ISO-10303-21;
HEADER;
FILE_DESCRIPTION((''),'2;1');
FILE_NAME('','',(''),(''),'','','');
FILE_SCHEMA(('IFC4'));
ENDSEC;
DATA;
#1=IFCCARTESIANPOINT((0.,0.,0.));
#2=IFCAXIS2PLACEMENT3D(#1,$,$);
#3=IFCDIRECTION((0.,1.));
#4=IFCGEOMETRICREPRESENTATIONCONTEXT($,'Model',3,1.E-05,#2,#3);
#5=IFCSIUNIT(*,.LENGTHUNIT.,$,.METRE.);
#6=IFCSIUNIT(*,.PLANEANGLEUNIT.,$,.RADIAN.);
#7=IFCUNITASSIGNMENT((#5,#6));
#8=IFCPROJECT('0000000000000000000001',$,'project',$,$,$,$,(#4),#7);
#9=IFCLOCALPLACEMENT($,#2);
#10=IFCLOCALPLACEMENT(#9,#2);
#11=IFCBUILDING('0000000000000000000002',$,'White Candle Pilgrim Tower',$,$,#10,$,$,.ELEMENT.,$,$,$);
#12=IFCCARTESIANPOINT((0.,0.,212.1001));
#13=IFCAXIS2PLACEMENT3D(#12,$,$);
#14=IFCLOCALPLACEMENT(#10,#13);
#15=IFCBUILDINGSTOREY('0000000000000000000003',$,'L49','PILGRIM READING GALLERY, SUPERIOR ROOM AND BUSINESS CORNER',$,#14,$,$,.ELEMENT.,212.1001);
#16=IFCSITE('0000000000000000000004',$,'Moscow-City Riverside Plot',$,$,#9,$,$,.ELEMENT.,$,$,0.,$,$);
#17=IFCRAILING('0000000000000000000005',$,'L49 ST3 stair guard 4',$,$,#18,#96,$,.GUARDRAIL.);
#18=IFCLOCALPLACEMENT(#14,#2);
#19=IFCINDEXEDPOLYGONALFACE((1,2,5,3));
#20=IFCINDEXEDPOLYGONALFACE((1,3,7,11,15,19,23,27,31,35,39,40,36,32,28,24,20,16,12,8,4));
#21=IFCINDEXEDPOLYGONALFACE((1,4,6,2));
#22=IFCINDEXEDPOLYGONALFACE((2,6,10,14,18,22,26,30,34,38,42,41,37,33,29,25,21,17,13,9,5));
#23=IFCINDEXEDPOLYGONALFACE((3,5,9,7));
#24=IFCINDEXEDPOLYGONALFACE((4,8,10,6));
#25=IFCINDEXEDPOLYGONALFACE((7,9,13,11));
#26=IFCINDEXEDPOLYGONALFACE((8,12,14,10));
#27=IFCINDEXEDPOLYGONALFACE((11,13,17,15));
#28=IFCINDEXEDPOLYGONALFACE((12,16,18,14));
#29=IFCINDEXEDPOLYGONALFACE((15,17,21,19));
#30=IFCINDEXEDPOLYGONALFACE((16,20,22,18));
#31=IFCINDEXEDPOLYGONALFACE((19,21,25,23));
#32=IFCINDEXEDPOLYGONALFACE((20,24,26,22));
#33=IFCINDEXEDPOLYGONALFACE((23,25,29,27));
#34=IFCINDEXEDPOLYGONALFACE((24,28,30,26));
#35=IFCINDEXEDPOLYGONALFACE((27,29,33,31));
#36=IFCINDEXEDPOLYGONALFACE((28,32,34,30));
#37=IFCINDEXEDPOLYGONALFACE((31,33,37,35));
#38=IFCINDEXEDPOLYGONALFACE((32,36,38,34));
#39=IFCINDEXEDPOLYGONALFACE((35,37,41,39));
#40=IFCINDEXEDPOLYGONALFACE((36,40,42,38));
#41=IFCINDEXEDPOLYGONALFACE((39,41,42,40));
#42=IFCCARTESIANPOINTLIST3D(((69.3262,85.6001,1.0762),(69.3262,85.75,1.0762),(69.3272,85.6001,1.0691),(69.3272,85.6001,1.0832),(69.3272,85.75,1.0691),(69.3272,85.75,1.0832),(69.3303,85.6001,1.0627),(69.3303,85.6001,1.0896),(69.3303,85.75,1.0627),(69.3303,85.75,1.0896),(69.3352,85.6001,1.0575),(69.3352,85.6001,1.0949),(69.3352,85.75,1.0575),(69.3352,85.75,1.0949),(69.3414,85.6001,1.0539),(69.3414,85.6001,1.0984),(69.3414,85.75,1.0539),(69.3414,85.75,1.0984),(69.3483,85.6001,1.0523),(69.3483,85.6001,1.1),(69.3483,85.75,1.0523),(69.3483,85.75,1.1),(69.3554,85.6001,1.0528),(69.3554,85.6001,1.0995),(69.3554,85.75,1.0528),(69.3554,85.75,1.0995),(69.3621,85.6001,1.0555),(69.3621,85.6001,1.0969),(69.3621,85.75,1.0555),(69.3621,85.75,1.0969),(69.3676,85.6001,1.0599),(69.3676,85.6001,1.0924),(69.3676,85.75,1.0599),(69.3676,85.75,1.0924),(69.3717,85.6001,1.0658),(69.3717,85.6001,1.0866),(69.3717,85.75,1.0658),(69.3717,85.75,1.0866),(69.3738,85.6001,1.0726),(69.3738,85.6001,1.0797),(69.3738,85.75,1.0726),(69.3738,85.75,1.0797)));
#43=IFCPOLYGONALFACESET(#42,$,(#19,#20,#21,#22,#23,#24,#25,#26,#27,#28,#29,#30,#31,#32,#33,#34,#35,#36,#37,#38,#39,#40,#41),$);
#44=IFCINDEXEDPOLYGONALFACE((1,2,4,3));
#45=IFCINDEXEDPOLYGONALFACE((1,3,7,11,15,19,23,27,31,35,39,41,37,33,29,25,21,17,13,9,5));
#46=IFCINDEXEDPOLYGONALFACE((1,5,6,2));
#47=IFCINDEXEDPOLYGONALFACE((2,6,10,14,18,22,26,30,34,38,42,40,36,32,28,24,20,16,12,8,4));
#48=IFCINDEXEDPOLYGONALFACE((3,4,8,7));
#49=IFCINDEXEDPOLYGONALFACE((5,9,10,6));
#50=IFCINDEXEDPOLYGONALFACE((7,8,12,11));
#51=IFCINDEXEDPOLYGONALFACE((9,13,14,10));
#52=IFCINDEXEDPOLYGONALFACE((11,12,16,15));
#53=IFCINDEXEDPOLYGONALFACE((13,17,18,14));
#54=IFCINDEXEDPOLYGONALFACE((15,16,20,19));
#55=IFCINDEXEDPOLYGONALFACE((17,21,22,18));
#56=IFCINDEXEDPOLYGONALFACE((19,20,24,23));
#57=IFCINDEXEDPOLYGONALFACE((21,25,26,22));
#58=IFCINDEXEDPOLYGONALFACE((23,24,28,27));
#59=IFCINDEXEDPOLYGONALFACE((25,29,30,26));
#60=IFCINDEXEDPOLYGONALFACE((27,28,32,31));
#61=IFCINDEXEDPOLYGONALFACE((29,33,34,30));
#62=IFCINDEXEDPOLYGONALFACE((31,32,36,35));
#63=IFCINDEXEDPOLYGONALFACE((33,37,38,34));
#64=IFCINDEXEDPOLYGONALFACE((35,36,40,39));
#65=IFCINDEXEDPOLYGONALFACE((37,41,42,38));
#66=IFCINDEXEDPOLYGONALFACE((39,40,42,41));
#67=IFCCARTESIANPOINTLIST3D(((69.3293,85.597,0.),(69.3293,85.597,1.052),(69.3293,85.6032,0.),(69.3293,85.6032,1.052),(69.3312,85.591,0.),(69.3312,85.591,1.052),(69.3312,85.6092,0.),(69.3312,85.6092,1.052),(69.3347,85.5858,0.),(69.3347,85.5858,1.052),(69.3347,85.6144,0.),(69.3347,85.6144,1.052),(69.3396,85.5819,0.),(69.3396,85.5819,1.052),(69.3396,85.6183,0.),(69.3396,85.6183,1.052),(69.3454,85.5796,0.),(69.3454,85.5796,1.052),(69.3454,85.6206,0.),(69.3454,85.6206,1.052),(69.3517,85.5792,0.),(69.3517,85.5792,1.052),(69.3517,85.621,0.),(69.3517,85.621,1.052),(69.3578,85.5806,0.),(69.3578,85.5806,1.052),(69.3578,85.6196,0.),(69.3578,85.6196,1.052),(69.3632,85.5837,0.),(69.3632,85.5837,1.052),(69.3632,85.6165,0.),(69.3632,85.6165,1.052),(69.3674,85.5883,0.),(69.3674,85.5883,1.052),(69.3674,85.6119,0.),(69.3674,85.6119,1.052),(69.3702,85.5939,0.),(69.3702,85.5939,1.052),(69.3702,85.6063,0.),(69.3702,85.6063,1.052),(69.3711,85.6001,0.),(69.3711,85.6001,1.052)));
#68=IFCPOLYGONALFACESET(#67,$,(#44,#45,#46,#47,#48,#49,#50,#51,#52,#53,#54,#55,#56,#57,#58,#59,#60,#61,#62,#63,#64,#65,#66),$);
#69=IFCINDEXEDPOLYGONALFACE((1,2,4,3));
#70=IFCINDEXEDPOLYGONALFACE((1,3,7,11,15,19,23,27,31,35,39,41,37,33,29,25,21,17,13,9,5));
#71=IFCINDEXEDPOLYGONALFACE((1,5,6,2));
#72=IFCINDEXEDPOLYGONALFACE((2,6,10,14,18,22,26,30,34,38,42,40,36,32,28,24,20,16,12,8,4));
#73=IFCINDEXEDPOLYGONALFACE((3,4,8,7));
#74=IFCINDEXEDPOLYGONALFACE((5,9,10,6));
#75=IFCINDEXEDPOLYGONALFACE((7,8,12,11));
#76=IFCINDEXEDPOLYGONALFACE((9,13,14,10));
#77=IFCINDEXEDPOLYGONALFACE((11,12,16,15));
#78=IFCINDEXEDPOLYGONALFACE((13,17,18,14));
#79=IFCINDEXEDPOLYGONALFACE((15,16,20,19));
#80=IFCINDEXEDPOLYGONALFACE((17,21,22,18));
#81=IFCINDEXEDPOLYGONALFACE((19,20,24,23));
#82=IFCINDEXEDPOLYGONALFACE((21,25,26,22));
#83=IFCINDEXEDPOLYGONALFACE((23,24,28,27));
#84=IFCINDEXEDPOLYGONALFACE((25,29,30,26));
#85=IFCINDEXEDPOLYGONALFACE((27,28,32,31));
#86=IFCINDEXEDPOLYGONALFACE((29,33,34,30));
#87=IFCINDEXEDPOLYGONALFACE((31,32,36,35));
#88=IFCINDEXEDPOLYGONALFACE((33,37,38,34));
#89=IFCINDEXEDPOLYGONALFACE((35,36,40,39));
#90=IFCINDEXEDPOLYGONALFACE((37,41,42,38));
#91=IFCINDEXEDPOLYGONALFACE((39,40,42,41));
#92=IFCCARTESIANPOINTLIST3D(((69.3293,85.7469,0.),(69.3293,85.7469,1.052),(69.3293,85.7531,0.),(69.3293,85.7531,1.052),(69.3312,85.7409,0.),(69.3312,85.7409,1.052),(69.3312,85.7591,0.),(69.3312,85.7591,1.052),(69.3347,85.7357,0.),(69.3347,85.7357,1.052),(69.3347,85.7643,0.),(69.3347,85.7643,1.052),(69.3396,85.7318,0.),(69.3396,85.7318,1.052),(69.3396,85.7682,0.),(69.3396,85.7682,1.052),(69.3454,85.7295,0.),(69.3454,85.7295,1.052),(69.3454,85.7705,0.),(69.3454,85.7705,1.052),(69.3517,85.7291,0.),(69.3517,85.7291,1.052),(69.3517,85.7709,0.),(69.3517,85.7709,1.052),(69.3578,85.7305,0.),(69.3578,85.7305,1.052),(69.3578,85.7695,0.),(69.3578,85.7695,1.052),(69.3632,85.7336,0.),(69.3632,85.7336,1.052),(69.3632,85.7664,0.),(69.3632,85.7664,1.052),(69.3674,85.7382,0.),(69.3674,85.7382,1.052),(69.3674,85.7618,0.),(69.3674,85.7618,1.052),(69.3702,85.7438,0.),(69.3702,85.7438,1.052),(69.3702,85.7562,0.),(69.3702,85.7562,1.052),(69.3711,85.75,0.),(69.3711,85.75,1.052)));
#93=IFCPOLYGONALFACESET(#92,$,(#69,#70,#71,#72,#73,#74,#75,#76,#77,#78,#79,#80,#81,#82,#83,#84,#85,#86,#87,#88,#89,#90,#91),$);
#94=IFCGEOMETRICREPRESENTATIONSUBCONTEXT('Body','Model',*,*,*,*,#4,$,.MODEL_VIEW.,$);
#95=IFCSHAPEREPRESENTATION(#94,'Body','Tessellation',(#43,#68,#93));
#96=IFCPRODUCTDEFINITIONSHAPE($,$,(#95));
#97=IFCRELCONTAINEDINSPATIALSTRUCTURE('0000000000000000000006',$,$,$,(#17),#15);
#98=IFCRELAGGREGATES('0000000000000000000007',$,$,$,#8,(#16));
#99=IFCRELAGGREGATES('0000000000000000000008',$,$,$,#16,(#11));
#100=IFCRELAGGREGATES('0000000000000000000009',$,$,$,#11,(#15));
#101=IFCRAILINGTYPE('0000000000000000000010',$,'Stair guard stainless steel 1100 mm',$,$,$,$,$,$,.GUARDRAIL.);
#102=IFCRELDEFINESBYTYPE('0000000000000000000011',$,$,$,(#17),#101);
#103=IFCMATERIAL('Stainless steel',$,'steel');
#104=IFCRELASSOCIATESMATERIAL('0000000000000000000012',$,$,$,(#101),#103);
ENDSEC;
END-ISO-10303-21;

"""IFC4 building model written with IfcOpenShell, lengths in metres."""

from ifc_helpers import new_model, si_unit, direction, frame, origin, origin_2d, place, context, subcontext, project, spatial, circle, extrude, material, type_object, element, save


model = new_model("IFC4")

# Units and contexts
model_context = context("Model", 3, precision=1e-05, world=origin(), true_north=direction((0.0, 1.0)))
body_context = subcontext(model_context, "Body", "Model", "MODEL_VIEW")
ifc_project = project(units=[si_unit("LENGTHUNIT", "METRE"), si_unit("PLANEANGLEUNIT", "RADIAN")], contexts=[model_context])

# Site, building, storey
site_placement = place(None, origin())
site = spatial("IfcSite", under=ifc_project, at=site_placement, Name="Moscow-City Riverside Plot", CompositionType="ELEMENT", RefElevation=0.0)
building_placement = place(site_placement, origin())
building = spatial("IfcBuilding", under=site, at=building_placement, Name="White Candle Pilgrim Tower", CompositionType="ELEMENT")
storey_placement = place(building_placement, frame((0.0, 0.0, 212.1001)))
storey = spatial("IfcBuildingStorey", under=building, at=storey_placement, Name="L49", Description="PILGRIM READING GALLERY, SUPERIOR ROOM AND BUSINESS CORNER", CompositionType="ELEMENT", Elevation=212.1001)

# Railing
ifc_material_1 = material(Name="Stainless steel", Category="steel")
railing_type_1 = type_object("IfcRailingType", Name="Stair guard stainless steel 1100 mm", PredefinedType="GUARDRAIL", material=ifc_material_1)
railing_1_placement = place(storey_placement, frame((69.3501, 85.6001, 0.0)))
element("IfcRailing", 1, at=railing_1_placement, inside=storey, type_object=railing_type_1, Name="L49 ST3 stair guard 4", PredefinedType="GUARDRAIL", context=body_context, shape_type="SweptSolid", body=[
    extrude(circle(Radius=0.0239, at=origin_2d()), frame((0.0, 0.0, 1.0762), z_axis=(0.0, 1.0, 0.0), x_axis=(-1.0, 0.0, 0.0)), (0.0, 0.0, 1.0), 0.1499),
    extrude(circle(Radius=0.021, at=origin_2d()), origin(), (0.0, 0.0, 1.0), 1.052),
    extrude(circle(Radius=0.021, at=origin_2d()), frame((0.0, 0.1499, 0.0)), (0.0, 0.0, 1.0), 1.052),
])

save(model, "model.ifc")
